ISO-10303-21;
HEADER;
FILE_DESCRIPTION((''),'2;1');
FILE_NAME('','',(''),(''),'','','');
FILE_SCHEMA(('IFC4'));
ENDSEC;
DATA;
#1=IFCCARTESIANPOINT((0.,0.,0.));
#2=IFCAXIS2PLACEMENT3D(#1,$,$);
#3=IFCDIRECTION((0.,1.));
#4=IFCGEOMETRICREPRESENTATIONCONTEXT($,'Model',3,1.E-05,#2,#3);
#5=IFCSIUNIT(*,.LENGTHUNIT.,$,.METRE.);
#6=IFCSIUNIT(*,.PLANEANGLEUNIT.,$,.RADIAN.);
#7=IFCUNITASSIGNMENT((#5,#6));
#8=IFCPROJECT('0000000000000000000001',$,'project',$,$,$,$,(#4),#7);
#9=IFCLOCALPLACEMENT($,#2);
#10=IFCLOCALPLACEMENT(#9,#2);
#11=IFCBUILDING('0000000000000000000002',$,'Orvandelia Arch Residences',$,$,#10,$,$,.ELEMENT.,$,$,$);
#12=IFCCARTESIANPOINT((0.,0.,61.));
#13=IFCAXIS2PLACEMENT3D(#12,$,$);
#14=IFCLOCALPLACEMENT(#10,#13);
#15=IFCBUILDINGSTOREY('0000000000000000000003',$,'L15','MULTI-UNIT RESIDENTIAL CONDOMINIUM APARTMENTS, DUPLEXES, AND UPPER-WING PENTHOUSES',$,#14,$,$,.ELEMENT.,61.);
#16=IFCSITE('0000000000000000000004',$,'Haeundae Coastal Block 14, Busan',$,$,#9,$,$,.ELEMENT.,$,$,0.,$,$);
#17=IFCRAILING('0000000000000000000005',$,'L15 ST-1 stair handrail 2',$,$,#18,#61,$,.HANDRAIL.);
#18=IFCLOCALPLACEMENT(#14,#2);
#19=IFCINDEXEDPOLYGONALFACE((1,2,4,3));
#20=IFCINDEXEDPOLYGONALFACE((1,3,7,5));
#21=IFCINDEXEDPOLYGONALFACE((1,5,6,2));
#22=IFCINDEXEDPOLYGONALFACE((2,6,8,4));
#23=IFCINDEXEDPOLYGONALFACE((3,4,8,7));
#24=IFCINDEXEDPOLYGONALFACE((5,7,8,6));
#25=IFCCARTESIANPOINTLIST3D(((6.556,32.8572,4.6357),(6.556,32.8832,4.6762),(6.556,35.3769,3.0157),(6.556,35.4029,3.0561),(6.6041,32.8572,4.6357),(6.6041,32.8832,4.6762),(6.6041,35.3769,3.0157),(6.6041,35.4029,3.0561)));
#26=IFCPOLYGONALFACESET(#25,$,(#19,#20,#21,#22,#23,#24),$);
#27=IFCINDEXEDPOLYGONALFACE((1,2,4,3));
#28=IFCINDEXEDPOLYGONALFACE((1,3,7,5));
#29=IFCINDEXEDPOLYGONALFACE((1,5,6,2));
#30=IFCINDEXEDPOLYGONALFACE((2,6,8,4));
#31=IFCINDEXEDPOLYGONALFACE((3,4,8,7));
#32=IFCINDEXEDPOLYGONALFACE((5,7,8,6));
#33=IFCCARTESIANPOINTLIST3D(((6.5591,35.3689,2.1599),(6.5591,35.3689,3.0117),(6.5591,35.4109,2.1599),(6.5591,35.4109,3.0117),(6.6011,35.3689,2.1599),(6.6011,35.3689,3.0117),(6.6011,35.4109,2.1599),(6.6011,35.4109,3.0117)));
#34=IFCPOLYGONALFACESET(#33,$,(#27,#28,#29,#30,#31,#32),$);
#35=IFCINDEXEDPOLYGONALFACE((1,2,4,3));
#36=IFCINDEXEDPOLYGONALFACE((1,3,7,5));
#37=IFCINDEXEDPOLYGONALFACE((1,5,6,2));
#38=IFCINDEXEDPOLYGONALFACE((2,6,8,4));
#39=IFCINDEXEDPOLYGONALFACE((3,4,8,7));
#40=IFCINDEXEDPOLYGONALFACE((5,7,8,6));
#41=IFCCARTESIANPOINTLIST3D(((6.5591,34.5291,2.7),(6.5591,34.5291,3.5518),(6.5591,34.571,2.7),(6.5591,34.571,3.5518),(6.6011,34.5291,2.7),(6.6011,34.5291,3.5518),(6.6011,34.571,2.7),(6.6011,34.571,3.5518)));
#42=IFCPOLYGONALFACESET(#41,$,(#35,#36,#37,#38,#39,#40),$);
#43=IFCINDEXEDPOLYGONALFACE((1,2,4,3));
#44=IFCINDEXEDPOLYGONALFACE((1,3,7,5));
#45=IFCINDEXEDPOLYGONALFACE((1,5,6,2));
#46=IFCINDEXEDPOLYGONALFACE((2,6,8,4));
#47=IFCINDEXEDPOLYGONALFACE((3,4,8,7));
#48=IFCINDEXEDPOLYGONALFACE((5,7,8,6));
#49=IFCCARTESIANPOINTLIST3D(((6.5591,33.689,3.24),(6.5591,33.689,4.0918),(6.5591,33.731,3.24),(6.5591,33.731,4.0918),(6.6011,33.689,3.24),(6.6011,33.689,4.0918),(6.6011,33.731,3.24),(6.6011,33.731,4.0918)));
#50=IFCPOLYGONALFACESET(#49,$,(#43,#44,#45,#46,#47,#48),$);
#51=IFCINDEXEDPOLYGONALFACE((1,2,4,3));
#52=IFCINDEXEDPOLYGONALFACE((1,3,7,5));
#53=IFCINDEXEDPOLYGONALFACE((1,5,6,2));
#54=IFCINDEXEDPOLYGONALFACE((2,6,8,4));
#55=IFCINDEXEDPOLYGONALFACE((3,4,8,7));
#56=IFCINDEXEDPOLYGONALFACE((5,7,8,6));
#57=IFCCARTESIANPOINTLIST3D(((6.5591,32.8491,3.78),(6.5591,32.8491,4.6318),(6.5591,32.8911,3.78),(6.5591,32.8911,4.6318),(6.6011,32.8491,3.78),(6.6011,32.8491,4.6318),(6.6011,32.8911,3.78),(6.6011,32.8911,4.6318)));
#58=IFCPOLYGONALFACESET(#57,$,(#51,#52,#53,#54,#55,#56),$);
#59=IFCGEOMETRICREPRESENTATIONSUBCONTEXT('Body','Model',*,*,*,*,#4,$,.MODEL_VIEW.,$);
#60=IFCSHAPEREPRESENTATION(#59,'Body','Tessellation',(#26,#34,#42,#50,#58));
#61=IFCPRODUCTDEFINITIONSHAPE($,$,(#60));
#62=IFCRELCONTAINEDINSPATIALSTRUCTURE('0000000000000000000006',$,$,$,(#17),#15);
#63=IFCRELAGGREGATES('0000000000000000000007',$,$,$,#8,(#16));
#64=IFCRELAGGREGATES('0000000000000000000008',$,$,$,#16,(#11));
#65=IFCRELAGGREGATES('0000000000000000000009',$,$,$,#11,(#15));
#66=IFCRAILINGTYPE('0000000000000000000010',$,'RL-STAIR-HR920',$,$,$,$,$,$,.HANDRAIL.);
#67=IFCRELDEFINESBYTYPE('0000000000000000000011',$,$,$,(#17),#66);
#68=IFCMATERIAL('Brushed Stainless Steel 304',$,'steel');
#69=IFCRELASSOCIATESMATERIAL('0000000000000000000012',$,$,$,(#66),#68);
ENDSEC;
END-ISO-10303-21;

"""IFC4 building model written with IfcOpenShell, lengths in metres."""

from ifc_helpers import new_model, si_unit, direction, frame, origin, origin_2d, place, context, subcontext, project, spatial, rectangle, extrude, material, type_object, element, save


model = new_model("IFC4")

# Units and contexts
model_context = context("Model", 3, precision=1e-05, world=origin(), true_north=direction((0.0, 1.0)))
body_context = subcontext(model_context, "Body", "Model", "MODEL_VIEW")
ifc_project = project(units=[si_unit("LENGTHUNIT", "METRE"), si_unit("PLANEANGLEUNIT", "RADIAN")], contexts=[model_context])

# Site, building, storey
site_placement = place(None, origin())
site = spatial("IfcSite", under=ifc_project, at=site_placement, Name="Haeundae Coastal Block 14, Busan", CompositionType="ELEMENT", RefElevation=0.0)
building_placement = place(site_placement, origin())
building = spatial("IfcBuilding", under=site, at=building_placement, Name="Orvandelia Arch Residences", CompositionType="ELEMENT")
storey_placement = place(building_placement, frame((0.0, 0.0, 61.0)))
storey = spatial("IfcBuildingStorey", under=building, at=storey_placement, Name="L15", Description="MULTI-UNIT RESIDENTIAL CONDOMINIUM APARTMENTS, DUPLEXES, AND UPPER-WING PENTHOUSES", CompositionType="ELEMENT", Elevation=61.0)

# Railing
ifc_material_1 = material(Name="Brushed Stainless Steel 304", Category="steel")
railing_type_1 = type_object("IfcRailingType", Name="RL-STAIR-HR920", PredefinedType="HANDRAIL", material=ifc_material_1)
railing_1_placement = place(storey_placement, frame((6.5801, 35.3899, 2.1599)))
element("IfcRailing", 1, at=railing_1_placement, inside=storey, type_object=railing_type_1, Name="L15 ST-1 stair handrail 2", PredefinedType="HANDRAIL", context=body_context, shape_type="SweptSolid", body=[
    extrude(rectangle(XDim=0.0481, YDim=0.0481, at=origin_2d()), frame((0.0, 0.0, 0.876), z_axis=(0.0, -0.841139, 0.540819), x_axis=(1.0, 0.0, 0.0)), (0.0, 0.0, 1.0), 2.9956),
    extrude(rectangle(XDim=0.042, YDim=0.042, at=origin_2d()), origin(), (0.0, 0.0, 1.0), 0.8518),
    extrude(rectangle(XDim=0.042, YDim=0.042, at=origin_2d()), frame((0.0, -0.8398, 0.54)), (0.0, 0.0, 1.0), 0.8518),
    extrude(rectangle(XDim=0.042, YDim=0.042, at=origin_2d()), frame((0.0, -1.6799, 1.0801)), (0.0, 0.0, 1.0), 0.8518),
    extrude(rectangle(XDim=0.042, YDim=0.042, at=origin_2d()), frame((0.0, -2.5198, 1.6201)), (0.0, 0.0, 1.0), 0.8518),
])

save(model, "model.ifc")
